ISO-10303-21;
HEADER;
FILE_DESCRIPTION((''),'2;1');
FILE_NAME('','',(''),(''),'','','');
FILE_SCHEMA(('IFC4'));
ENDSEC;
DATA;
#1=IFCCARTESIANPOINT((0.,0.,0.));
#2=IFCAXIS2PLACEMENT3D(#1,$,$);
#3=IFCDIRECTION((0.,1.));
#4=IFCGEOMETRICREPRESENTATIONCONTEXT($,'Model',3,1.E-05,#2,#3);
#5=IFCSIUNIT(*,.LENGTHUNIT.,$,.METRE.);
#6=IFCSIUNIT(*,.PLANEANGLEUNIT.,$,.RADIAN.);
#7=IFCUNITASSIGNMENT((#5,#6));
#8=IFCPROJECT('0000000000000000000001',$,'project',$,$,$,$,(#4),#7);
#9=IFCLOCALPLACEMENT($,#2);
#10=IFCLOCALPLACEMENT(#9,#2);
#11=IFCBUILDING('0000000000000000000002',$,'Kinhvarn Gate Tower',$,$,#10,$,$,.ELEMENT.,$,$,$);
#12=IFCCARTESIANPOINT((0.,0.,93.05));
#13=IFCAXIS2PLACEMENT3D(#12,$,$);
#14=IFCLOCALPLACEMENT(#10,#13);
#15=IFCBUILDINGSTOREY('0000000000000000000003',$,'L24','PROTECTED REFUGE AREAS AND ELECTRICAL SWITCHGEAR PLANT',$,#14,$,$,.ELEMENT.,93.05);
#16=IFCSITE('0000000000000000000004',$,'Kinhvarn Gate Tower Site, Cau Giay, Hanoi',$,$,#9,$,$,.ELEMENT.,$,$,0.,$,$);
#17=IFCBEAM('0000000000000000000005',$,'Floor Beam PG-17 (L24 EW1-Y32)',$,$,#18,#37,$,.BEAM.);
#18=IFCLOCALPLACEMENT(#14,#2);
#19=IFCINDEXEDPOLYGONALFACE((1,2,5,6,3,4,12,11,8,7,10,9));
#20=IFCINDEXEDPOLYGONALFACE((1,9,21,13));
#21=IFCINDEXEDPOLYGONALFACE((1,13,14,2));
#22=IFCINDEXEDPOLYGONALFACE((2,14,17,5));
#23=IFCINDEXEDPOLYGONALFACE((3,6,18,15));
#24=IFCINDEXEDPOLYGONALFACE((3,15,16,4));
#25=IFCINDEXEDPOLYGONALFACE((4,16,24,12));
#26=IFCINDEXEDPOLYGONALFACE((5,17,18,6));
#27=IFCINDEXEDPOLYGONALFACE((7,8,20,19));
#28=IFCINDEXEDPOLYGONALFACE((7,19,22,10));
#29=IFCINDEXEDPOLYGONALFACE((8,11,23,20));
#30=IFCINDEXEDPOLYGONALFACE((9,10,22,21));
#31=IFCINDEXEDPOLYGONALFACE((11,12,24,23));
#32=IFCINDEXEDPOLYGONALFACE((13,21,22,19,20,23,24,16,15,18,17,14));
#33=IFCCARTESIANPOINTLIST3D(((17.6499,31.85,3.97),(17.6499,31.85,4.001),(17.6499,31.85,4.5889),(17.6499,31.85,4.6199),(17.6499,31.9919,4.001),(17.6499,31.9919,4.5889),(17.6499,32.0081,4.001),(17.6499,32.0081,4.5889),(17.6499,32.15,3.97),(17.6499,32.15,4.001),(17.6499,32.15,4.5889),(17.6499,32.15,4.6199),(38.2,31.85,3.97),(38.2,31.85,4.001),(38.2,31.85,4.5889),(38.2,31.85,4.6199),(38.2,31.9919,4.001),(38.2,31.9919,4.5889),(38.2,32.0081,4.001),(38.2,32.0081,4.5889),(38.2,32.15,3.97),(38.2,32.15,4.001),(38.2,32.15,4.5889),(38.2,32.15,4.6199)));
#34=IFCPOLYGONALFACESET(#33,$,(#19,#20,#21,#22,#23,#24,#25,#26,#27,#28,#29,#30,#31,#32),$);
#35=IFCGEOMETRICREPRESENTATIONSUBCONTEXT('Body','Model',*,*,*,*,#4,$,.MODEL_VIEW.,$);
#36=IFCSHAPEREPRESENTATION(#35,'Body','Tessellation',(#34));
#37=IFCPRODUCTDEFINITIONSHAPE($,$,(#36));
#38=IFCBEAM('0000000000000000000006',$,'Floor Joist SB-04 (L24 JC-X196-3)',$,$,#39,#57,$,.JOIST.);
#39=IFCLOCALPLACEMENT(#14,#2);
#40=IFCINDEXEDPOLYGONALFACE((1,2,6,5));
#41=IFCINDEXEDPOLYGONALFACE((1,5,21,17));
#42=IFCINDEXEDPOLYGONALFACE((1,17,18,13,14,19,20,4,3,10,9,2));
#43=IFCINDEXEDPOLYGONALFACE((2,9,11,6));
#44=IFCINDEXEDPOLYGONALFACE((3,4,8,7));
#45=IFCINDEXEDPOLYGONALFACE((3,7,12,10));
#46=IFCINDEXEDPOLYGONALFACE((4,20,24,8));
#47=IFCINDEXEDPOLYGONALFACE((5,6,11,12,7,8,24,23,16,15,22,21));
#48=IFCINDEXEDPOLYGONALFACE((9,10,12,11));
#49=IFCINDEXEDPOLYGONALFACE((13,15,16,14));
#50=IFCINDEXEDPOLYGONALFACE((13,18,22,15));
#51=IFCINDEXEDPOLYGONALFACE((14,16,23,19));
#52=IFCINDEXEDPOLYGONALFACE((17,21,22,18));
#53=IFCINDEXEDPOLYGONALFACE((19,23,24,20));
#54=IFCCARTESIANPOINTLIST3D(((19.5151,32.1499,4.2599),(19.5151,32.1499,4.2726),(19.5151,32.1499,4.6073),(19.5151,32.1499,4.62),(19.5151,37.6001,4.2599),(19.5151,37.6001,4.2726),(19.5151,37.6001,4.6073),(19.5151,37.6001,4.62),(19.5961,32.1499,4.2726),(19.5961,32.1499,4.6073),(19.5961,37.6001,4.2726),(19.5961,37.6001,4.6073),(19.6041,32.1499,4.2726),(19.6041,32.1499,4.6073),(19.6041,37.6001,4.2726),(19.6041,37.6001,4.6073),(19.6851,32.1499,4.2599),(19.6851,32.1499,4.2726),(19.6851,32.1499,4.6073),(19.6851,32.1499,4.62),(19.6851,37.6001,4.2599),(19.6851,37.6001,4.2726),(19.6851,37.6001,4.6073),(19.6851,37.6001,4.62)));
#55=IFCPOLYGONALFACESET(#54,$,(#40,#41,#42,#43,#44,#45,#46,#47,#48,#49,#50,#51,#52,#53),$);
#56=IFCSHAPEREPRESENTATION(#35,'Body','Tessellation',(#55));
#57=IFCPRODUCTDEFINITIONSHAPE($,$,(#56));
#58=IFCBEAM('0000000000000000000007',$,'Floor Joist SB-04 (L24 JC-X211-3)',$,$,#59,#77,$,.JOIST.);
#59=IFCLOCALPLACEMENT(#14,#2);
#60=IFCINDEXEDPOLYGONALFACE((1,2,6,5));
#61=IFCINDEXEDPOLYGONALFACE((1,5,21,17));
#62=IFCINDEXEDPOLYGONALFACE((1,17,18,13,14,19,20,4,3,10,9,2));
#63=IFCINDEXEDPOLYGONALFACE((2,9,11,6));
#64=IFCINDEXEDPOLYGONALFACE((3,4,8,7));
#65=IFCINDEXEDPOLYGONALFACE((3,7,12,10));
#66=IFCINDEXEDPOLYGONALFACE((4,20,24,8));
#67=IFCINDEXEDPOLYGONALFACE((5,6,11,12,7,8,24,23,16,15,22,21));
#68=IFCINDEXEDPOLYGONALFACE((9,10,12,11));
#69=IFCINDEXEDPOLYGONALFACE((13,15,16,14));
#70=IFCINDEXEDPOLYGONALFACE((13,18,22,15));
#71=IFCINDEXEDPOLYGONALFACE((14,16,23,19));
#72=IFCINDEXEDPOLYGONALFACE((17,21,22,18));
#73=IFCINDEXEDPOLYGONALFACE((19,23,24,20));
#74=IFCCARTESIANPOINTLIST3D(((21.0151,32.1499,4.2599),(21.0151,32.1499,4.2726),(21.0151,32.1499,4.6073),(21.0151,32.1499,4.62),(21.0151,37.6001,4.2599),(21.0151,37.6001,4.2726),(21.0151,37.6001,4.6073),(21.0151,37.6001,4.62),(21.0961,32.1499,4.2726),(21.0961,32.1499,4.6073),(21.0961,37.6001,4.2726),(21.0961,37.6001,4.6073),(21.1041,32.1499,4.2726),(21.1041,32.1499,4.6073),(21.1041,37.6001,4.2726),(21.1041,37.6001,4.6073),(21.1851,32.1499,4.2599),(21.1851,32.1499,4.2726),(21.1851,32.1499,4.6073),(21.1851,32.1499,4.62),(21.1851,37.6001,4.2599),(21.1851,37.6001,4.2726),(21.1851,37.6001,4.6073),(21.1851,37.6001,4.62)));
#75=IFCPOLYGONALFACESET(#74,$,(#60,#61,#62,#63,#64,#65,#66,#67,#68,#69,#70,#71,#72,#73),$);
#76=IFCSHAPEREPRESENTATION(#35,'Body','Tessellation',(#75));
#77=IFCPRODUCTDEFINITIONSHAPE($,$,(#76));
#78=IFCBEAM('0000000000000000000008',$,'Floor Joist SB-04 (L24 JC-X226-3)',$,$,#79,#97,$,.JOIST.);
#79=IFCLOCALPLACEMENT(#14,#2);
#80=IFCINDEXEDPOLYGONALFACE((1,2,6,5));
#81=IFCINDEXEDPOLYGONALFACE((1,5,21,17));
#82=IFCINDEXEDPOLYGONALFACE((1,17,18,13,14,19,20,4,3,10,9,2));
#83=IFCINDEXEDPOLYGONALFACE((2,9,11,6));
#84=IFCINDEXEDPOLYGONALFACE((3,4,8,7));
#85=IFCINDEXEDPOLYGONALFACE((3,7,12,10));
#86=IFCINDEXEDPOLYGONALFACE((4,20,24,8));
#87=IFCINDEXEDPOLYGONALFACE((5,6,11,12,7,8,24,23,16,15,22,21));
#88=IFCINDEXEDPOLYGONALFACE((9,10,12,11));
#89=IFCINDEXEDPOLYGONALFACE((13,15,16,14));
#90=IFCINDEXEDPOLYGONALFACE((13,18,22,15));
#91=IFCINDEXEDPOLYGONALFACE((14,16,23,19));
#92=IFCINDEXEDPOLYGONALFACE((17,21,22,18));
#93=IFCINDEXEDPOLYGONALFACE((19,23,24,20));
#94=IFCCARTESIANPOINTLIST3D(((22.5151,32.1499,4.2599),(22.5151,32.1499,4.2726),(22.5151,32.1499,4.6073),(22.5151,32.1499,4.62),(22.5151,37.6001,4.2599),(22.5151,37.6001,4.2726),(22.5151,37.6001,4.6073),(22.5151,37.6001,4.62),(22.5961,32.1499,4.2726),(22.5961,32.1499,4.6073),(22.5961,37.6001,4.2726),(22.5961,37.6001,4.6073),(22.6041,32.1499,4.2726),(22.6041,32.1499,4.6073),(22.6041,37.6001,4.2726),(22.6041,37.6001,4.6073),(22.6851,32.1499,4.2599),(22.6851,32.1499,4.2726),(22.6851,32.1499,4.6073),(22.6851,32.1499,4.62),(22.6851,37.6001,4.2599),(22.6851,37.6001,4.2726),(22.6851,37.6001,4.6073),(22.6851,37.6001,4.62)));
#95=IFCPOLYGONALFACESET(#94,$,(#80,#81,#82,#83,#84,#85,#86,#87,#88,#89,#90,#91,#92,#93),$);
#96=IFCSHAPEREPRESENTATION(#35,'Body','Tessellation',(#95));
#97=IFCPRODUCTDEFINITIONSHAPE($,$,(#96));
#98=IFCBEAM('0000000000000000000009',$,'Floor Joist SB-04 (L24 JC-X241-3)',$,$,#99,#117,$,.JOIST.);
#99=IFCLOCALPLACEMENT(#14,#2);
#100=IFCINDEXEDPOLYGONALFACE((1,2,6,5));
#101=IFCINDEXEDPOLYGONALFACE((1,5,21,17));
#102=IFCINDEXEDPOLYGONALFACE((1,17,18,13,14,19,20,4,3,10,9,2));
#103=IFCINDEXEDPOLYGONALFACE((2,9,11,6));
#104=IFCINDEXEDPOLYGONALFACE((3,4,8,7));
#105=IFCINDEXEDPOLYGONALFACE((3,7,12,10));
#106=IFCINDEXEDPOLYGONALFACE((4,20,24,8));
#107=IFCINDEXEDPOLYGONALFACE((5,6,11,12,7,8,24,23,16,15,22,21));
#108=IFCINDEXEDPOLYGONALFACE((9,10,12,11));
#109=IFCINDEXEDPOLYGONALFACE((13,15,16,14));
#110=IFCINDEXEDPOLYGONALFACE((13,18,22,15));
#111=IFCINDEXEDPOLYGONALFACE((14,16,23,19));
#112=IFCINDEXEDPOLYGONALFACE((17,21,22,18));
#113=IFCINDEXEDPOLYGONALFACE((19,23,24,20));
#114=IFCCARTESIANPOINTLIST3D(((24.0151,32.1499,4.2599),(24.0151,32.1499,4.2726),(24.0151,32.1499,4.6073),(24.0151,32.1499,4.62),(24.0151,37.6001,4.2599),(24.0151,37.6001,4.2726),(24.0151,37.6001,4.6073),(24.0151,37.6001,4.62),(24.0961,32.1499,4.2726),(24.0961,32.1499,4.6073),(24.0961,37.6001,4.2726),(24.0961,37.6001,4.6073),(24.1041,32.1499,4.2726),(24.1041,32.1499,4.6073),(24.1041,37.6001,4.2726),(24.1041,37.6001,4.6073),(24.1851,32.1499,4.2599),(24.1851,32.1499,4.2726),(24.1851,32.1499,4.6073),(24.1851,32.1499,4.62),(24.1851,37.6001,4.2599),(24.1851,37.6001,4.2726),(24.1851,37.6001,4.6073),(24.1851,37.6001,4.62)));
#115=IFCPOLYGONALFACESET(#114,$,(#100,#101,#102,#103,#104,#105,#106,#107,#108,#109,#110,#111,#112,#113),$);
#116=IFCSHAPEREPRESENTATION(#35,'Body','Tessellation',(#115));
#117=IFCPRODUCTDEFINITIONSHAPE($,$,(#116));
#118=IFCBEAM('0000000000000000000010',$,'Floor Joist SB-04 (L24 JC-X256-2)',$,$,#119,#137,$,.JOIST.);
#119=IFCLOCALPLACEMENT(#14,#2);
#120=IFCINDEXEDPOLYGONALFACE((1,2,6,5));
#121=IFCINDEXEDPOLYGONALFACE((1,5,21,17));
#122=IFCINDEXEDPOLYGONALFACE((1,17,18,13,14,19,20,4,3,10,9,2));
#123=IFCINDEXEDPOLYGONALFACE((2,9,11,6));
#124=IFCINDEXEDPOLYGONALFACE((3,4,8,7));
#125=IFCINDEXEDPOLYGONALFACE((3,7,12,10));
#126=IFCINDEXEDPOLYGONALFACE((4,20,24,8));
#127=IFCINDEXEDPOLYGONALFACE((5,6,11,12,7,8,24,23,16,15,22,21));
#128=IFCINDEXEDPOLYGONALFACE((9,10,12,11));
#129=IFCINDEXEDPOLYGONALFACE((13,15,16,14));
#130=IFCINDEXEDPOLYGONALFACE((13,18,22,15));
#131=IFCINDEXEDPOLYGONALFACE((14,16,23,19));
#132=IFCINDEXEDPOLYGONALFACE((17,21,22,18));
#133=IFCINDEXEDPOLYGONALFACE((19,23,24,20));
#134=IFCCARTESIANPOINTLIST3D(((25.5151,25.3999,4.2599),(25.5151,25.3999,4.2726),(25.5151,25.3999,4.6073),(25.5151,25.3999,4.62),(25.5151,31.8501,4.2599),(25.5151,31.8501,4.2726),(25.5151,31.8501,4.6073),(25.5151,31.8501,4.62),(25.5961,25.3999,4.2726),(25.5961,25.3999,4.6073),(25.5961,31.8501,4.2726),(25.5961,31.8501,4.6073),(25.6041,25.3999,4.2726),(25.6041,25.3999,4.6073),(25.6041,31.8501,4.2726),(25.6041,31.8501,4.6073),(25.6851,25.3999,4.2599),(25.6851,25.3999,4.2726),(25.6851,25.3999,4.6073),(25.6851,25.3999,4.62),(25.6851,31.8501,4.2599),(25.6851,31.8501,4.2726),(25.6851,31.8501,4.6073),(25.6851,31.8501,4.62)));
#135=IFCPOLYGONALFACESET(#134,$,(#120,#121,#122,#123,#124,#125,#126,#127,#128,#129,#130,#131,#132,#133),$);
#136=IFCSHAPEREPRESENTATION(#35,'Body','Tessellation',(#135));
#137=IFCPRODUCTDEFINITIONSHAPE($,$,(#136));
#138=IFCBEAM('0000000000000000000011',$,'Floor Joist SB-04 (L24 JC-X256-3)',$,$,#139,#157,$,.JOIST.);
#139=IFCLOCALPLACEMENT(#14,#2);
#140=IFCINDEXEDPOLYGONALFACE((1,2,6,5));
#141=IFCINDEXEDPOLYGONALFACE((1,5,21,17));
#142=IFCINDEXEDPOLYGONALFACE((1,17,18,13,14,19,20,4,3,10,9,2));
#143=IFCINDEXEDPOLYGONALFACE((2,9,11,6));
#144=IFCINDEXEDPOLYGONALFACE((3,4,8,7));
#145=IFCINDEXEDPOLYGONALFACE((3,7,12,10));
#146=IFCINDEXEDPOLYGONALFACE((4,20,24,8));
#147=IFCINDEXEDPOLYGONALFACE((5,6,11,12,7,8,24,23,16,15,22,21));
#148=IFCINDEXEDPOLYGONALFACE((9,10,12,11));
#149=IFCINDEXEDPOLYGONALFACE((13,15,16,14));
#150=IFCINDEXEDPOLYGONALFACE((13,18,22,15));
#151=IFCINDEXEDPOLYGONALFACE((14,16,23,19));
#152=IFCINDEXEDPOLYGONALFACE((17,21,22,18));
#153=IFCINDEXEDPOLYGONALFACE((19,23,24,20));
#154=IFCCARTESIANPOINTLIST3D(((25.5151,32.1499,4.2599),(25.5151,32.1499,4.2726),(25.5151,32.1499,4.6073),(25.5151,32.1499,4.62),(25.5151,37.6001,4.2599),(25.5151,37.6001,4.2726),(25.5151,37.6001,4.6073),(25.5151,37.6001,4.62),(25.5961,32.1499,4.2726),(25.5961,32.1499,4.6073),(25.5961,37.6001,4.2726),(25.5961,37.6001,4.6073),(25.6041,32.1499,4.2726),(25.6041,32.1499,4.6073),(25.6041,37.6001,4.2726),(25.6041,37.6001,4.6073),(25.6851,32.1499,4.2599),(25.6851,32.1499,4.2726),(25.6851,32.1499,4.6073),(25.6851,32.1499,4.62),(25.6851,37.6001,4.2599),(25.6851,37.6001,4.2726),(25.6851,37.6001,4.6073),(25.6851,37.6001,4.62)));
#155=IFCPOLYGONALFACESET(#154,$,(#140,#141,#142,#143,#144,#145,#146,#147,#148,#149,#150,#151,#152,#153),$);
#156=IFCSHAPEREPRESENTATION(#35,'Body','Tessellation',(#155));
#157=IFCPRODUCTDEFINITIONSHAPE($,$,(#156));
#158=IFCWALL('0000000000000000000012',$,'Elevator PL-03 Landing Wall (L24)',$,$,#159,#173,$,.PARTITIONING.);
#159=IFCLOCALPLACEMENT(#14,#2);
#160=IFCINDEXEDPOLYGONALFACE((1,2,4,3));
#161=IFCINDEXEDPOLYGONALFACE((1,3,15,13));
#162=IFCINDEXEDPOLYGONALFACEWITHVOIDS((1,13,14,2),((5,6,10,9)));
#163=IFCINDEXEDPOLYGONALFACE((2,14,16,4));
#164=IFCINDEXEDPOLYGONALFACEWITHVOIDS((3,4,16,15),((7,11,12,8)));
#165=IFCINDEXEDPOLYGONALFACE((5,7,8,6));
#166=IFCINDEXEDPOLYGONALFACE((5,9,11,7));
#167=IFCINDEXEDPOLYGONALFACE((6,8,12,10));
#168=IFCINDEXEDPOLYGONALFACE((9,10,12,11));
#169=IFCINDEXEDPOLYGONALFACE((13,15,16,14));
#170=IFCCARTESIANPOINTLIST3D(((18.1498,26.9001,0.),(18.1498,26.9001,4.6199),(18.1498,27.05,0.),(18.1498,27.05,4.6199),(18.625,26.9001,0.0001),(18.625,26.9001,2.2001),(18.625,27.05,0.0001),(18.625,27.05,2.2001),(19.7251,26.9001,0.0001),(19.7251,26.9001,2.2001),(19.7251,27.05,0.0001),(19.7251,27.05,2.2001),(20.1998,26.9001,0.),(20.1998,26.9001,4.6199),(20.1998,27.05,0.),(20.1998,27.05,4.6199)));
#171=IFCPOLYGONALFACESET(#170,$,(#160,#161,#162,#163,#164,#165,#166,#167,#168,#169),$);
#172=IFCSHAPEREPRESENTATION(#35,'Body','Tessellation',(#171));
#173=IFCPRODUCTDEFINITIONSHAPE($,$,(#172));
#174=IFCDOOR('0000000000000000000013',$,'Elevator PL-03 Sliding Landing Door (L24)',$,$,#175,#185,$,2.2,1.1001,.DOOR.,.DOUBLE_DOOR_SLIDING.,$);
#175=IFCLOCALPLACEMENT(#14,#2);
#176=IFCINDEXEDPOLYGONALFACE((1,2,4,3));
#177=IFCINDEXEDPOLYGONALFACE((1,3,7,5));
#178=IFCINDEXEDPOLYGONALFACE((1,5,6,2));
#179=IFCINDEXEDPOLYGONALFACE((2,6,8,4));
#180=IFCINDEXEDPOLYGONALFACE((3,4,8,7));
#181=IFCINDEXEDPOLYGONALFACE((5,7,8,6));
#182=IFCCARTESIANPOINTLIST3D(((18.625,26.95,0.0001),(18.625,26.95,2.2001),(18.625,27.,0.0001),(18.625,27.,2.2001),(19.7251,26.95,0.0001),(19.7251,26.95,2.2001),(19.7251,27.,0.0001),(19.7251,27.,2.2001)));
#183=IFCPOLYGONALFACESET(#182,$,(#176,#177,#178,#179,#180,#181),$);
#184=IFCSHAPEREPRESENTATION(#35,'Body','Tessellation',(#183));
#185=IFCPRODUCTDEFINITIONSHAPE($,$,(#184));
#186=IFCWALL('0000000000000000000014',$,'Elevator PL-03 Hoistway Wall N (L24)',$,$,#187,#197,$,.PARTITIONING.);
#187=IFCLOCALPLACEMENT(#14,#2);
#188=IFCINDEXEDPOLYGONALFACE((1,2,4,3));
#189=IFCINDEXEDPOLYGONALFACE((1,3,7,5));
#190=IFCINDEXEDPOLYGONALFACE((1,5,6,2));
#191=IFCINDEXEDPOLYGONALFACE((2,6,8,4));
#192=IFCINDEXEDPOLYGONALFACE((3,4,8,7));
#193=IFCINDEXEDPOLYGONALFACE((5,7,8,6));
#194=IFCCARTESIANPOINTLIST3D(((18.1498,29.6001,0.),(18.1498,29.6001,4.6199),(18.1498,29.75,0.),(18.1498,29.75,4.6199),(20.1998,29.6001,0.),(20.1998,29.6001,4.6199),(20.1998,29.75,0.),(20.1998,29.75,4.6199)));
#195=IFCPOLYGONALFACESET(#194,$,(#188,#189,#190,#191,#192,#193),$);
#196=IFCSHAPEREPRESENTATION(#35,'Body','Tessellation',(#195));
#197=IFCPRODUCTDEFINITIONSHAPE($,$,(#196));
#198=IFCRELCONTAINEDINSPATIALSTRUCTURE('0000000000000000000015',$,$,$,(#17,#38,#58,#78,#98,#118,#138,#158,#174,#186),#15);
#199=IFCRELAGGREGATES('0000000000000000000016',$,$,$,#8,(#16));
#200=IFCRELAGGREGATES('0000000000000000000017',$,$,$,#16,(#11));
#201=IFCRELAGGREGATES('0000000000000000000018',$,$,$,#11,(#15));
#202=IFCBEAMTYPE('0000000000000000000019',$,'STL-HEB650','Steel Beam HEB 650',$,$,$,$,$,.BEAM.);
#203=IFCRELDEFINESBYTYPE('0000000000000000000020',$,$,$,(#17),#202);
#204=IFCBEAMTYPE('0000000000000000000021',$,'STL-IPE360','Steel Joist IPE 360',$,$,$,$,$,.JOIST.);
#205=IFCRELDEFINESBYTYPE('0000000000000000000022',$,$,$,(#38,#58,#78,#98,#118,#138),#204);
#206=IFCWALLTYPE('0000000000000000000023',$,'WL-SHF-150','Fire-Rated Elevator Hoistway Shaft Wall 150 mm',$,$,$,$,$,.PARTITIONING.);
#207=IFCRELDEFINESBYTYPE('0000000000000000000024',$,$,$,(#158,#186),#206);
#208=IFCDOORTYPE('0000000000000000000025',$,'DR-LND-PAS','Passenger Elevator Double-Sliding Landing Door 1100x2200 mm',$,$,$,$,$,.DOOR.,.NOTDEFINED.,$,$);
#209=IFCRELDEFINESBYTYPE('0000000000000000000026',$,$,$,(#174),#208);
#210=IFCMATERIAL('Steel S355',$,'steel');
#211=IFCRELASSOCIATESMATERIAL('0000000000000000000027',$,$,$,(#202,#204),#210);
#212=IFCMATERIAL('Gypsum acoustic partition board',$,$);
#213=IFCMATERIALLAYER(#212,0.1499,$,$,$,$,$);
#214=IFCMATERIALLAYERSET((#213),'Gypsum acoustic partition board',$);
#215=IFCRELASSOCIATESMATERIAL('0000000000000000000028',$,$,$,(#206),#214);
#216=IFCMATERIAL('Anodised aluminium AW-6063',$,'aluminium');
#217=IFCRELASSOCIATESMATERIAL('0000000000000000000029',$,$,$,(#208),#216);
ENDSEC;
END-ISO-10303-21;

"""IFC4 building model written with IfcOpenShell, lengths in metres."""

from ifc_helpers import new_model, si_unit, direction, frame, frame_2d, origin, origin_2d, place, context, subcontext, project, spatial, rectangle, i_section, extrude, material, layer, layer_set, material_profile, profile_set, type_object, element, fill, save


model = new_model("IFC4")

# Units and contexts
model_context = context("Model", 3, precision=1e-05, world=origin(), true_north=direction((0.0, 1.0)))
body_context = subcontext(model_context, "Body", "Model", "MODEL_VIEW")
ifc_project = project(units=[si_unit("LENGTHUNIT", "METRE"), si_unit("PLANEANGLEUNIT", "RADIAN")], contexts=[model_context])

# Site, building, storey
site_placement = place(None, origin())
site = spatial("IfcSite", under=ifc_project, at=site_placement, Name="Kinhvarn Gate Tower Site, Cau Giay, Hanoi", CompositionType="ELEMENT", RefElevation=0.0)
building_placement = place(site_placement, origin())
building = spatial("IfcBuilding", under=site, at=building_placement, Name="Kinhvarn Gate Tower", CompositionType="ELEMENT")
storey_placement = place(building_placement, frame((0.0, 0.0, 93.05)))
storey = spatial("IfcBuildingStorey", under=building, at=storey_placement, Name="L24", Description="PROTECTED REFUGE AREAS AND ELECTRICAL SWITCHGEAR PLANT", CompositionType="ELEMENT", Elevation=93.05)

# Beams
ifc_material_1 = material(Name="Steel S355", Category="steel")
ifc_material_profile_1 = material_profile(ifc_material_1, i_section(OverallWidth=0.3, OverallDepth=0.6499, WebThickness=0.0161, FlangeThickness=0.031, at=origin_2d()), Name="HEB 650")
ifc_profile_set_1 = profile_set([ifc_material_profile_1], Name="Steel S355")
beam_type_1 = type_object("IfcBeamType", Name="STL-HEB650", Description="Steel Beam HEB 650", PredefinedType="BEAM", material=ifc_profile_set_1)
beam_1_placement = place(storey_placement, frame((17.6499, 32.0, 4.2949), z_axis=(1.0, 0.0, 0.0), x_axis=(0.0, 1.0, 0.0)))
element("IfcBeam", 1, at=beam_1_placement, inside=storey, type_object=beam_type_1, Name="Floor Beam PG-17 (L24 EW1-Y32)", PredefinedType="BEAM", context=body_context, shape_type="SweptSolid", body=[
    extrude(i_section(OverallWidth=0.3, OverallDepth=0.6499, WebThickness=0.0161, FlangeThickness=0.031, at=origin_2d()), origin(), (0.0, 0.0, 1.0), 20.55),
])
ifc_material_profile_2 = material_profile(ifc_material_1, i_section(OverallWidth=0.1699, OverallDepth=0.3601, WebThickness=0.0081, FlangeThickness=0.0127, at=origin_2d()), Name="IPE 360")
ifc_profile_set_2 = profile_set([ifc_material_profile_2], Name="Steel S355")
beam_type_2 = type_object("IfcBeamType", Name="STL-IPE360", Description="Steel Joist IPE 360", PredefinedType="JOIST", material=ifc_profile_set_2)
for number, where, z_axis, x_axis, name in (
    (2, (19.6001, 32.1499, 4.4399), (0.0, 1.0, 0.0), (-1.0, 0.0, 0.0), "Floor Joist SB-04 (L24 JC-X196-3)"),
    (3, (21.1001, 32.1499, 4.4399), (0.0, 1.0, 0.0), (-1.0, 0.0, 0.0), "Floor Joist SB-04 (L24 JC-X211-3)"),
    (4, (22.6001, 32.1499, 4.4399), (0.0, 1.0, 0.0), (-1.0, 0.0, 0.0), "Floor Joist SB-04 (L24 JC-X226-3)"),
    (5, (24.1001, 32.1499, 4.4399), (0.0, 1.0, 0.0), (-1.0, 0.0, 0.0), "Floor Joist SB-04 (L24 JC-X241-3)"),
):
    element("IfcBeam", number, at=place(storey_placement, frame(where, z_axis=z_axis, x_axis=x_axis)), inside=storey, type_object=beam_type_2, Name=name, PredefinedType="JOIST", context=body_context, shape_type="SweptSolid", body=[
        extrude(i_section(OverallWidth=0.1699, OverallDepth=0.3601, WebThickness=0.0081, FlangeThickness=0.0127, at=origin_2d()), origin(), (0.0, 0.0, 1.0), 5.4502),
    ])
beam_2_placement = place(storey_placement, frame((25.6001, 25.3999, 4.4399), z_axis=(0.0, 1.0, 0.0), x_axis=(-1.0, 0.0, 0.0)))
element("IfcBeam", 6, at=beam_2_placement, inside=storey, type_object=beam_type_2, Name="Floor Joist SB-04 (L24 JC-X256-2)", PredefinedType="JOIST", context=body_context, shape_type="SweptSolid", body=[
    extrude(i_section(OverallWidth=0.1699, OverallDepth=0.3601, WebThickness=0.0081, FlangeThickness=0.0127, at=origin_2d()), origin(), (0.0, 0.0, 1.0), 6.4502),
])
beam_3_placement = place(storey_placement, frame((25.6001, 32.1499, 4.4399), z_axis=(0.0, 1.0, 0.0), x_axis=(-1.0, 0.0, 0.0)))
element("IfcBeam", 7, at=beam_3_placement, inside=storey, type_object=beam_type_2, Name="Floor Joist SB-04 (L24 JC-X256-3)", PredefinedType="JOIST", context=body_context, shape_type="SweptSolid", body=[
    extrude(i_section(OverallWidth=0.1699, OverallDepth=0.3601, WebThickness=0.0081, FlangeThickness=0.0127, at=origin_2d()), origin(), (0.0, 0.0, 1.0), 5.4502),
])

# Wall, opening, door
ifc_material_2 = material(Name="Anodised aluminium AW-6063", Category="aluminium")
ifc_material_3 = material(Name="Gypsum acoustic partition board")
ifc_layer_1 = layer(ifc_material_3, 0.1499)
ifc_layer_set_1 = layer_set([ifc_layer_1], Name="Gypsum acoustic partition board")
wall_type_1 = type_object("IfcWallType", Name="WL-SHF-150", Description="Fire-Rated Elevator Hoistway Shaft Wall 150 mm", PredefinedType="PARTITIONING", material=ifc_layer_set_1)
wall_1_placement = place(storey_placement, frame((18.1499, 26.9751, 0.0), z_axis=(0.0, 0.0, 1.0), x_axis=(1.0, 0.0, 0.0)))
wall_1 = element("IfcWall", 8, at=wall_1_placement, inside=storey, type_object=wall_type_1, Name="Elevator PL-03 Landing Wall (L24)", PredefinedType="PARTITIONING", context=body_context, shape_type="SweptSolid", body=[
    extrude(rectangle(XDim=2.05, YDim=0.1499, at=frame_2d((1.0249, 0.0))), origin(), (0.0, 0.0, 1.0), 4.6199),
])
opening_1_placement = place(wall_1_placement, frame((0.4751, 0.0, 0.0)))
opening_1 = element("IfcOpeningElement", 9, at=opening_1_placement, cuts=wall_1, PredefinedType="OPENING", context=body_context, shape_type="SweptSolid", body=[
    extrude(rectangle(XDim=1.1001, YDim=2.2, at=frame_2d((0.55, 1.1001))), frame((0.0, 0.085, 0.0), z_axis=(0.0, -1.0, 0.0), x_axis=(1.0, 0.0, 0.0)), (0.0, 0.0, 1.0), 0.1699),
])
door_type_1 = type_object("IfcDoorType", Name="DR-LND-PAS", Description="Passenger Elevator Double-Sliding Landing Door 1100x2200 mm", OperationType="NOTDEFINED", PredefinedType="DOOR", material=ifc_material_2)
door_1_placement = place(opening_1_placement, origin())
door_1 = element("IfcDoor", 10, at=door_1_placement, inside=storey, type_object=door_type_1, Name="Elevator PL-03 Sliding Landing Door (L24)", OperationType="DOUBLE_DOOR_SLIDING", OverallHeight=2.2, OverallWidth=1.1001, PredefinedType="DOOR", context=body_context, shape_type="SweptSolid", body=[
    extrude(rectangle(XDim=1.1001, YDim=2.2, at=frame_2d((0.55, 1.1001))), frame((0.0, 0.0249, 0.0), z_axis=(0.0, -1.0, 0.0), x_axis=(1.0, 0.0, 0.0)), (0.0, 0.0, 1.0), 0.05),
])
fill(opening_1, door_1)

# Wall
wall_2_placement = place(storey_placement, frame((18.1499, 29.675, 0.0), z_axis=(0.0, 0.0, 1.0), x_axis=(1.0, 0.0, 0.0)))
element("IfcWall", 11, at=wall_2_placement, inside=storey, type_object=wall_type_1, Name="Elevator PL-03 Hoistway Wall N (L24)", PredefinedType="PARTITIONING", context=body_context, shape_type="SweptSolid", body=[
    extrude(rectangle(XDim=2.05, YDim=0.1499, at=frame_2d((1.0249, 0.0))), origin(), (0.0, 0.0, 1.0), 4.6199),
])

save(model, "model.ifc")
